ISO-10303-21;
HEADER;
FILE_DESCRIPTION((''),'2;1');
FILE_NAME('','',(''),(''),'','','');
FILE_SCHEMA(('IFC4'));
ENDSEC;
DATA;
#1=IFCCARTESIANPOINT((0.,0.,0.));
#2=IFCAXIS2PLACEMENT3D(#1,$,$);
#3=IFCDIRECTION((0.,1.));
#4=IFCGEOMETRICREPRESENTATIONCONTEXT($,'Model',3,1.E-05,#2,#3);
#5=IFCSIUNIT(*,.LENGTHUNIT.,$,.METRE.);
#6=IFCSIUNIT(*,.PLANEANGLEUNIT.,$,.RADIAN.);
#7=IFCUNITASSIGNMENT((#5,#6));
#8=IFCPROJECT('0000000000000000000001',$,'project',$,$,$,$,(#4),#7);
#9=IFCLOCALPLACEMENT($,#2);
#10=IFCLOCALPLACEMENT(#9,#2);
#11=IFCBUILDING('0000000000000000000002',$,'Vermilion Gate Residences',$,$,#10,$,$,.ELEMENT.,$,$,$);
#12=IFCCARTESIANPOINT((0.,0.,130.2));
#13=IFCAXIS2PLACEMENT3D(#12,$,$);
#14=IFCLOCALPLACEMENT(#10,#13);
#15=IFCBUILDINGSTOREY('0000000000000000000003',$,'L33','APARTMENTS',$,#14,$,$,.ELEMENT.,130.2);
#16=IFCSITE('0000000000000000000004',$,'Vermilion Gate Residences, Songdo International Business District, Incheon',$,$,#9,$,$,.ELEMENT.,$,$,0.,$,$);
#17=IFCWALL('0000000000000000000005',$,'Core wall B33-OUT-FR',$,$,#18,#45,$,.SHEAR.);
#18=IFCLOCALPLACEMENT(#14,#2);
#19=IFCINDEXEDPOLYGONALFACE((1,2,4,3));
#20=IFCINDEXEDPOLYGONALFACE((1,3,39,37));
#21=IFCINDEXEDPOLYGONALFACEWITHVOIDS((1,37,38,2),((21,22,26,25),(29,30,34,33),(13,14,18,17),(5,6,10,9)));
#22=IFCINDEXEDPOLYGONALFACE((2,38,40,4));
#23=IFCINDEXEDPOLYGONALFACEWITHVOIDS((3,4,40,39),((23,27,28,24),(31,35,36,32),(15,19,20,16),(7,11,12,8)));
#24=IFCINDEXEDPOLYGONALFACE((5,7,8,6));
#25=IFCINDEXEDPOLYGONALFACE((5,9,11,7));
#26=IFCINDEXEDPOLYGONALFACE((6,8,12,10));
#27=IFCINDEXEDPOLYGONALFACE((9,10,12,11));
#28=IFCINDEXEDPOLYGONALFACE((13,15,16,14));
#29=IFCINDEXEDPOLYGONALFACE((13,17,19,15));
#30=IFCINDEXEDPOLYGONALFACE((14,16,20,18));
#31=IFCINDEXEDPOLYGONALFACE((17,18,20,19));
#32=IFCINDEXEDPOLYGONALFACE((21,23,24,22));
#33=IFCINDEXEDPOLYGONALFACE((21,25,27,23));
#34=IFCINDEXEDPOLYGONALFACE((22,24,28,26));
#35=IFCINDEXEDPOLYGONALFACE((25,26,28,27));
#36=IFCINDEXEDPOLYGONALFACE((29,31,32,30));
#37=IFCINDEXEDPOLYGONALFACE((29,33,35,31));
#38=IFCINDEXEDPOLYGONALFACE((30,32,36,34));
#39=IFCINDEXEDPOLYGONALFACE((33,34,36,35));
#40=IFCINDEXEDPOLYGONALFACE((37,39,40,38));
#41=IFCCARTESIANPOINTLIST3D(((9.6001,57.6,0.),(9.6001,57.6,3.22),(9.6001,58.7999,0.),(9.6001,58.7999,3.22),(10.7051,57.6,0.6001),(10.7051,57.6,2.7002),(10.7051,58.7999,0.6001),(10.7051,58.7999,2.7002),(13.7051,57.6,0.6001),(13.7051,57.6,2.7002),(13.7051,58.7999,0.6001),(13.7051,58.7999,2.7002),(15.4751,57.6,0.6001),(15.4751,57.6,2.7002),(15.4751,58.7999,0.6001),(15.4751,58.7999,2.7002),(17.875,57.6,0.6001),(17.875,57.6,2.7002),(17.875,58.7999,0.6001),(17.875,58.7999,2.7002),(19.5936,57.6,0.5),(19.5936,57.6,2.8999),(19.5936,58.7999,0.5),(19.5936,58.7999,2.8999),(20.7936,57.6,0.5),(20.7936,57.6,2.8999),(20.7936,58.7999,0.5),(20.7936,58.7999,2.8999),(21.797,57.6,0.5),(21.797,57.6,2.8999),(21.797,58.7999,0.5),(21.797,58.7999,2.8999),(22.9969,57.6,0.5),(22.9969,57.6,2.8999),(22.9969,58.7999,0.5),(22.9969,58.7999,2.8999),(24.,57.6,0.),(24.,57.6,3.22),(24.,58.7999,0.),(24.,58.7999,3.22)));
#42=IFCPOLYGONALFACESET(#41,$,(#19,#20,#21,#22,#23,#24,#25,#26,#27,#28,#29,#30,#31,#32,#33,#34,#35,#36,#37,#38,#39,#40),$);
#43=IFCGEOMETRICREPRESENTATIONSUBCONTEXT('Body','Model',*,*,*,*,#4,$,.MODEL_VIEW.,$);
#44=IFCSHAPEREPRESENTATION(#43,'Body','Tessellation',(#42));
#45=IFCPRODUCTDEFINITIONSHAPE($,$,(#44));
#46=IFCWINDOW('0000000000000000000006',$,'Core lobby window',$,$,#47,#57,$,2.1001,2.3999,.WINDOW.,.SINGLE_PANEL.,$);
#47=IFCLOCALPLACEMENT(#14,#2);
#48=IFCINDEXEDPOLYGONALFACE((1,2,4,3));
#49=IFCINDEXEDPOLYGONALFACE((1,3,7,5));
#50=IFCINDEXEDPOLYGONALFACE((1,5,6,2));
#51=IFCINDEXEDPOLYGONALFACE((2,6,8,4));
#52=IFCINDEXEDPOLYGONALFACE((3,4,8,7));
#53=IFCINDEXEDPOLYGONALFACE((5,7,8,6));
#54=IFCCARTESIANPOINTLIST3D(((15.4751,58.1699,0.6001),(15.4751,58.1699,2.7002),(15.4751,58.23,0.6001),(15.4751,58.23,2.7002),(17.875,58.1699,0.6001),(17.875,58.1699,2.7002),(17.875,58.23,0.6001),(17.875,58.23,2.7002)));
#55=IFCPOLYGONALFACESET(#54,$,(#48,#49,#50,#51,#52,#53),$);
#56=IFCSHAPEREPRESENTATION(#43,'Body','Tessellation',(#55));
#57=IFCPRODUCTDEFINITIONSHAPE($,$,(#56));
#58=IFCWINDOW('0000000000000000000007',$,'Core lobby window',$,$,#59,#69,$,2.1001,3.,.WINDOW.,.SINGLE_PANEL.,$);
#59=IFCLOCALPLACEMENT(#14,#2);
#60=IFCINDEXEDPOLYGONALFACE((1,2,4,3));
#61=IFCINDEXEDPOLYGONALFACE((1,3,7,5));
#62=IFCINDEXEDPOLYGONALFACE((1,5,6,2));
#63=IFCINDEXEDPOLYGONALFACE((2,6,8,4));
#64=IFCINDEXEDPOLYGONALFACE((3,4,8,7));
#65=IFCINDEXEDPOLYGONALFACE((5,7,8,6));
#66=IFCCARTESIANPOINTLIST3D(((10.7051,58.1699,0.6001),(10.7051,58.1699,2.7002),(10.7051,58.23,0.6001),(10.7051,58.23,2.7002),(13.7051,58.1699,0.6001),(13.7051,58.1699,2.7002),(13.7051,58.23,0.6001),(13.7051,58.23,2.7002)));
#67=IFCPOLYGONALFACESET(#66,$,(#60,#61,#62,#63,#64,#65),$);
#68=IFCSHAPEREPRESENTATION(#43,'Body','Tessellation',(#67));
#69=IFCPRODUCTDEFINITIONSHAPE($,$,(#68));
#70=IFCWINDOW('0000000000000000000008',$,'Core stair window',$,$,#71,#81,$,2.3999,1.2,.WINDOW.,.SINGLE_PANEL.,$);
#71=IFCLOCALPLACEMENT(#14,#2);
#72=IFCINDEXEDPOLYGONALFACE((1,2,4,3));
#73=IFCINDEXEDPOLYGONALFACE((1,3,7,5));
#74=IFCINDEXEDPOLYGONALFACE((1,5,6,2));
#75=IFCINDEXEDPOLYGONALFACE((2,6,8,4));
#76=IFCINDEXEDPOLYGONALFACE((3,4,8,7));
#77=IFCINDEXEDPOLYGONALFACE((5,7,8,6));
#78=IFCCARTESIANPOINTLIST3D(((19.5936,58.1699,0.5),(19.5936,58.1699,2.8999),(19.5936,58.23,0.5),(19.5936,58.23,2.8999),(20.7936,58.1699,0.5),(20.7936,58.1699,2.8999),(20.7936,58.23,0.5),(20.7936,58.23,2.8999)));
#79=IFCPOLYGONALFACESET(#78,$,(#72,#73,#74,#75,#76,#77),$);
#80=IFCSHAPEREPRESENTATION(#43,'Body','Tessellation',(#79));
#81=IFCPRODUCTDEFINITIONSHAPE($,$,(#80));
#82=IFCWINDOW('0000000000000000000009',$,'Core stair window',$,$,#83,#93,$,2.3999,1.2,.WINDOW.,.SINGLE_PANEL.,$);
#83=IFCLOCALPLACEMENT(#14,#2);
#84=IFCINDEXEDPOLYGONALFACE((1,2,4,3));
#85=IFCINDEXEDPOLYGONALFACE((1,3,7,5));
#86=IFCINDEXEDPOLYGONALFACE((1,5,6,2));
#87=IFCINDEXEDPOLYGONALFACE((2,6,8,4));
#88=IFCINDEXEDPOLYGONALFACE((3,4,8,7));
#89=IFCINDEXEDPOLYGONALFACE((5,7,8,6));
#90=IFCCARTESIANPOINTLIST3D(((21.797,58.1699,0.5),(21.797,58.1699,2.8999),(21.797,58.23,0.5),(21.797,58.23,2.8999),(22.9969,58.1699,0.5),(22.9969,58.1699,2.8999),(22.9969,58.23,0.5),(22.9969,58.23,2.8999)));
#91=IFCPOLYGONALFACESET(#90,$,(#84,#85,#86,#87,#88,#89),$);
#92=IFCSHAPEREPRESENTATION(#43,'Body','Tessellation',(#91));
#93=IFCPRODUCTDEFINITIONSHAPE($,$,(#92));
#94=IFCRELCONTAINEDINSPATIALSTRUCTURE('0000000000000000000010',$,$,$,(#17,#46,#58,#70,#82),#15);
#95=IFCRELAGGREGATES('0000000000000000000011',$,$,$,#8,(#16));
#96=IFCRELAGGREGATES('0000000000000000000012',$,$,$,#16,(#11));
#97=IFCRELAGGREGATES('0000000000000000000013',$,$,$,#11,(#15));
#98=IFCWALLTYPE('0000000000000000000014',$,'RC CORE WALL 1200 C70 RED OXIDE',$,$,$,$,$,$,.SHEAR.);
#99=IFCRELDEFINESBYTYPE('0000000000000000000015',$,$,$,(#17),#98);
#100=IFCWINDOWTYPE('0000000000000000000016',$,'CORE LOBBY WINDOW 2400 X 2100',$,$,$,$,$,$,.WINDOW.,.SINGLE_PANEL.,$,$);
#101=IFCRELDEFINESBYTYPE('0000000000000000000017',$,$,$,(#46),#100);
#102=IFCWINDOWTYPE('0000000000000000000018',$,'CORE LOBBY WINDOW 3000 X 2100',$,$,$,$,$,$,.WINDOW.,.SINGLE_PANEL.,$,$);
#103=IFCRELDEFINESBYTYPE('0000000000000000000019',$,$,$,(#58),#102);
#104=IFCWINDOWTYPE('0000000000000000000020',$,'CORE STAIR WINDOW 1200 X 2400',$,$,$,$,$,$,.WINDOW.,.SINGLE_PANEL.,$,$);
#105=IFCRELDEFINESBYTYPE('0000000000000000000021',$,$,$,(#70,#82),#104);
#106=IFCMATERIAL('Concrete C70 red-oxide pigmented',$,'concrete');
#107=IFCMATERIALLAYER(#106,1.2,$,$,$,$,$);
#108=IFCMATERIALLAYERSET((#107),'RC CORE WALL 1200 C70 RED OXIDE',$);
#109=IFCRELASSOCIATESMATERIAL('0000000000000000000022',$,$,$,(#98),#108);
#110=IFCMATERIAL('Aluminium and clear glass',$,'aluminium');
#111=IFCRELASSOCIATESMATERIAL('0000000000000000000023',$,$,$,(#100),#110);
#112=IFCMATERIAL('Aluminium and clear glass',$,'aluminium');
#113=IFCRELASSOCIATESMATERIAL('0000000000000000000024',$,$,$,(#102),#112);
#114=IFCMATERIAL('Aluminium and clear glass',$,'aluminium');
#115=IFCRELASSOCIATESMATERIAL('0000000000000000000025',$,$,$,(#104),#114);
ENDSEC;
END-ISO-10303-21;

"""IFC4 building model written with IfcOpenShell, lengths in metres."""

from ifc_helpers import new_model, si_unit, direction, frame, frame_2d, origin, place, context, subcontext, project, spatial, rectangle, extrude, material, layer, layer_set, type_object, element, fill, save


model = new_model("IFC4")

# Units and contexts
model_context = context("Model", 3, precision=1e-05, world=origin(), true_north=direction((0.0, 1.0)))
body_context = subcontext(model_context, "Body", "Model", "MODEL_VIEW")
ifc_project = project(units=[si_unit("LENGTHUNIT", "METRE"), si_unit("PLANEANGLEUNIT", "RADIAN")], contexts=[model_context])

# Site, building, storey
site_placement = place(None, origin())
site = spatial("IfcSite", under=ifc_project, at=site_placement, Name="Vermilion Gate Residences, Songdo International Business District, Incheon", CompositionType="ELEMENT", RefElevation=0.0)
building_placement = place(site_placement, origin())
building = spatial("IfcBuilding", under=site, at=building_placement, Name="Vermilion Gate Residences", CompositionType="ELEMENT")
storey_placement = place(building_placement, frame((0.0, 0.0, 130.2)))
storey = spatial("IfcBuildingStorey", under=building, at=storey_placement, Name="L33", Description="APARTMENTS", CompositionType="ELEMENT", Elevation=130.2)

# Wall, openings, windows
ifc_material_1 = material(Name="Concrete C70 red-oxide pigmented", Category="concrete")
ifc_layer_1 = layer(ifc_material_1, 1.2)
ifc_layer_set_1 = layer_set([ifc_layer_1], Name="RC CORE WALL 1200 C70 RED OXIDE")
wall_type_1 = type_object("IfcWallType", Name="RC CORE WALL 1200 C70 RED OXIDE", PredefinedType="SHEAR", material=ifc_layer_set_1)
wall_1_placement = place(storey_placement, frame((9.6001, 58.2, 0.0), z_axis=(0.0, 0.0, 1.0), x_axis=(1.0, 0.0, 0.0)))
wall_1 = element("IfcWall", 1, at=wall_1_placement, inside=storey, type_object=wall_type_1, Name="Core wall B33-OUT-FR", PredefinedType="SHEAR", context=body_context, shape_type="SweptSolid", body=[
    extrude(rectangle(XDim=14.3999, YDim=1.2, at=frame_2d((7.2, 0.0))), origin(), (0.0, 0.0, 1.0), 3.22),
])
opening_1_placement = place(wall_1_placement, frame((1.105, 0.0, 0.6001)))
opening_1 = element("IfcOpeningElement", 2, at=opening_1_placement, cuts=wall_1, PredefinedType="OPENING", context=body_context, shape_type="SweptSolid", body=[
    extrude(rectangle(XDim=3.0, YDim=2.1001, at=frame_2d((1.5, 1.05))), frame((0.0, 0.6099, 0.0), z_axis=(0.0, -1.0, 0.0), x_axis=(1.0, 0.0, 0.0)), (0.0, 0.0, 1.0), 1.22),
])
opening_2_placement = place(wall_1_placement, frame((5.875, 0.0, 0.6001)))
opening_2 = element("IfcOpeningElement", 3, at=opening_2_placement, cuts=wall_1, PredefinedType="OPENING", context=body_context, shape_type="SweptSolid", body=[
    extrude(rectangle(XDim=2.3999, YDim=2.1001, at=frame_2d((1.2, 1.05))), frame((0.0, 0.6099, 0.0), z_axis=(0.0, -1.0, 0.0), x_axis=(1.0, 0.0, 0.0)), (0.0, 0.0, 1.0), 1.22),
])
opening_3_placement = place(wall_1_placement, frame((9.9934, 0.0, 0.5)))
opening_3 = element("IfcOpeningElement", 4, at=opening_3_placement, cuts=wall_1, PredefinedType="OPENING", context=body_context, shape_type="SweptSolid", body=[
    extrude(rectangle(XDim=1.2, YDim=2.3999, at=frame_2d((0.6001, 1.2))), frame((0.0, 0.6099, 0.0), z_axis=(0.0, -1.0, 0.0), x_axis=(1.0, 0.0, 0.0)), (0.0, 0.0, 1.0), 1.22),
])
opening_4_placement = place(wall_1_placement, frame((12.1968, 0.0, 0.5)))
opening_4 = element("IfcOpeningElement", 5, at=opening_4_placement, cuts=wall_1, PredefinedType="OPENING", context=body_context, shape_type="SweptSolid", body=[
    extrude(rectangle(XDim=1.2, YDim=2.3999, at=frame_2d((0.6001, 1.2))), frame((0.0, 0.6099, 0.0), z_axis=(0.0, -1.0, 0.0), x_axis=(1.0, 0.0, 0.0)), (0.0, 0.0, 1.0), 1.22),
])
ifc_material_2 = material(Name="Aluminium and clear glass", Category="aluminium")
window_type_1 = type_object("IfcWindowType", Name="CORE LOBBY WINDOW 2400 X 2100", PartitioningType="SINGLE_PANEL", PredefinedType="WINDOW", material=ifc_material_2)
window_1_placement = place(opening_2_placement, origin())
window_1 = element("IfcWindow", 6, at=window_1_placement, inside=storey, type_object=window_type_1, Name="Core lobby window", OverallHeight=2.1001, OverallWidth=2.3999, PartitioningType="SINGLE_PANEL", PredefinedType="WINDOW", context=body_context, shape_type="SweptSolid", body=[
    extrude(rectangle(XDim=2.3999, YDim=2.1001, at=frame_2d((1.2, 1.05))), frame((0.0, 0.03, 0.0), z_axis=(0.0, -1.0, 0.0), x_axis=(1.0, 0.0, 0.0)), (0.0, 0.0, 1.0), 0.0601),
])
fill(opening_2, window_1)
ifc_material_3 = material(Name="Aluminium and clear glass", Category="aluminium")
window_type_2 = type_object("IfcWindowType", Name="CORE LOBBY WINDOW 3000 X 2100", PartitioningType="SINGLE_PANEL", PredefinedType="WINDOW", material=ifc_material_3)
window_2_placement = place(opening_1_placement, origin())
window_2 = element("IfcWindow", 7, at=window_2_placement, inside=storey, type_object=window_type_2, Name="Core lobby window", OverallHeight=2.1001, OverallWidth=3.0, PartitioningType="SINGLE_PANEL", PredefinedType="WINDOW", context=body_context, shape_type="SweptSolid", body=[
    extrude(rectangle(XDim=3.0, YDim=2.1001, at=frame_2d((1.5, 1.05))), frame((0.0, 0.03, 0.0), z_axis=(0.0, -1.0, 0.0), x_axis=(1.0, 0.0, 0.0)), (0.0, 0.0, 1.0), 0.0601),
])
fill(opening_1, window_2)
ifc_material_4 = material(Name="Aluminium and clear glass", Category="aluminium")
window_type_3 = type_object("IfcWindowType", Name="CORE STAIR WINDOW 1200 X 2400", PartitioningType="SINGLE_PANEL", PredefinedType="WINDOW", material=ifc_material_4)
window_3_placement = place(opening_3_placement, origin())
window_3 = element("IfcWindow", 8, at=window_3_placement, inside=storey, type_object=window_type_3, Name="Core stair window", OverallHeight=2.3999, OverallWidth=1.2, PartitioningType="SINGLE_PANEL", PredefinedType="WINDOW", context=body_context, shape_type="SweptSolid", body=[
    extrude(rectangle(XDim=1.2, YDim=2.3999, at=frame_2d((0.6001, 1.2))), frame((0.0, 0.03, 0.0), z_axis=(0.0, -1.0, 0.0), x_axis=(1.0, 0.0, 0.0)), (0.0, 0.0, 1.0), 0.0601),
])
fill(opening_3, window_3)
window_4_placement = place(opening_4_placement, origin())
window_4 = element("IfcWindow", 9, at=window_4_placement, inside=storey, type_object=window_type_3, Name="Core stair window", OverallHeight=2.3999, OverallWidth=1.2, PartitioningType="SINGLE_PANEL", PredefinedType="WINDOW", context=body_context, shape_type="SweptSolid", body=[
    extrude(rectangle(XDim=1.2, YDim=2.3999, at=frame_2d((0.6001, 1.2))), frame((0.0, 0.03, 0.0), z_axis=(0.0, -1.0, 0.0), x_axis=(1.0, 0.0, 0.0)), (0.0, 0.0, 1.0), 0.0601),
])
fill(opening_4, window_4)

save(model, "model.ifc")
